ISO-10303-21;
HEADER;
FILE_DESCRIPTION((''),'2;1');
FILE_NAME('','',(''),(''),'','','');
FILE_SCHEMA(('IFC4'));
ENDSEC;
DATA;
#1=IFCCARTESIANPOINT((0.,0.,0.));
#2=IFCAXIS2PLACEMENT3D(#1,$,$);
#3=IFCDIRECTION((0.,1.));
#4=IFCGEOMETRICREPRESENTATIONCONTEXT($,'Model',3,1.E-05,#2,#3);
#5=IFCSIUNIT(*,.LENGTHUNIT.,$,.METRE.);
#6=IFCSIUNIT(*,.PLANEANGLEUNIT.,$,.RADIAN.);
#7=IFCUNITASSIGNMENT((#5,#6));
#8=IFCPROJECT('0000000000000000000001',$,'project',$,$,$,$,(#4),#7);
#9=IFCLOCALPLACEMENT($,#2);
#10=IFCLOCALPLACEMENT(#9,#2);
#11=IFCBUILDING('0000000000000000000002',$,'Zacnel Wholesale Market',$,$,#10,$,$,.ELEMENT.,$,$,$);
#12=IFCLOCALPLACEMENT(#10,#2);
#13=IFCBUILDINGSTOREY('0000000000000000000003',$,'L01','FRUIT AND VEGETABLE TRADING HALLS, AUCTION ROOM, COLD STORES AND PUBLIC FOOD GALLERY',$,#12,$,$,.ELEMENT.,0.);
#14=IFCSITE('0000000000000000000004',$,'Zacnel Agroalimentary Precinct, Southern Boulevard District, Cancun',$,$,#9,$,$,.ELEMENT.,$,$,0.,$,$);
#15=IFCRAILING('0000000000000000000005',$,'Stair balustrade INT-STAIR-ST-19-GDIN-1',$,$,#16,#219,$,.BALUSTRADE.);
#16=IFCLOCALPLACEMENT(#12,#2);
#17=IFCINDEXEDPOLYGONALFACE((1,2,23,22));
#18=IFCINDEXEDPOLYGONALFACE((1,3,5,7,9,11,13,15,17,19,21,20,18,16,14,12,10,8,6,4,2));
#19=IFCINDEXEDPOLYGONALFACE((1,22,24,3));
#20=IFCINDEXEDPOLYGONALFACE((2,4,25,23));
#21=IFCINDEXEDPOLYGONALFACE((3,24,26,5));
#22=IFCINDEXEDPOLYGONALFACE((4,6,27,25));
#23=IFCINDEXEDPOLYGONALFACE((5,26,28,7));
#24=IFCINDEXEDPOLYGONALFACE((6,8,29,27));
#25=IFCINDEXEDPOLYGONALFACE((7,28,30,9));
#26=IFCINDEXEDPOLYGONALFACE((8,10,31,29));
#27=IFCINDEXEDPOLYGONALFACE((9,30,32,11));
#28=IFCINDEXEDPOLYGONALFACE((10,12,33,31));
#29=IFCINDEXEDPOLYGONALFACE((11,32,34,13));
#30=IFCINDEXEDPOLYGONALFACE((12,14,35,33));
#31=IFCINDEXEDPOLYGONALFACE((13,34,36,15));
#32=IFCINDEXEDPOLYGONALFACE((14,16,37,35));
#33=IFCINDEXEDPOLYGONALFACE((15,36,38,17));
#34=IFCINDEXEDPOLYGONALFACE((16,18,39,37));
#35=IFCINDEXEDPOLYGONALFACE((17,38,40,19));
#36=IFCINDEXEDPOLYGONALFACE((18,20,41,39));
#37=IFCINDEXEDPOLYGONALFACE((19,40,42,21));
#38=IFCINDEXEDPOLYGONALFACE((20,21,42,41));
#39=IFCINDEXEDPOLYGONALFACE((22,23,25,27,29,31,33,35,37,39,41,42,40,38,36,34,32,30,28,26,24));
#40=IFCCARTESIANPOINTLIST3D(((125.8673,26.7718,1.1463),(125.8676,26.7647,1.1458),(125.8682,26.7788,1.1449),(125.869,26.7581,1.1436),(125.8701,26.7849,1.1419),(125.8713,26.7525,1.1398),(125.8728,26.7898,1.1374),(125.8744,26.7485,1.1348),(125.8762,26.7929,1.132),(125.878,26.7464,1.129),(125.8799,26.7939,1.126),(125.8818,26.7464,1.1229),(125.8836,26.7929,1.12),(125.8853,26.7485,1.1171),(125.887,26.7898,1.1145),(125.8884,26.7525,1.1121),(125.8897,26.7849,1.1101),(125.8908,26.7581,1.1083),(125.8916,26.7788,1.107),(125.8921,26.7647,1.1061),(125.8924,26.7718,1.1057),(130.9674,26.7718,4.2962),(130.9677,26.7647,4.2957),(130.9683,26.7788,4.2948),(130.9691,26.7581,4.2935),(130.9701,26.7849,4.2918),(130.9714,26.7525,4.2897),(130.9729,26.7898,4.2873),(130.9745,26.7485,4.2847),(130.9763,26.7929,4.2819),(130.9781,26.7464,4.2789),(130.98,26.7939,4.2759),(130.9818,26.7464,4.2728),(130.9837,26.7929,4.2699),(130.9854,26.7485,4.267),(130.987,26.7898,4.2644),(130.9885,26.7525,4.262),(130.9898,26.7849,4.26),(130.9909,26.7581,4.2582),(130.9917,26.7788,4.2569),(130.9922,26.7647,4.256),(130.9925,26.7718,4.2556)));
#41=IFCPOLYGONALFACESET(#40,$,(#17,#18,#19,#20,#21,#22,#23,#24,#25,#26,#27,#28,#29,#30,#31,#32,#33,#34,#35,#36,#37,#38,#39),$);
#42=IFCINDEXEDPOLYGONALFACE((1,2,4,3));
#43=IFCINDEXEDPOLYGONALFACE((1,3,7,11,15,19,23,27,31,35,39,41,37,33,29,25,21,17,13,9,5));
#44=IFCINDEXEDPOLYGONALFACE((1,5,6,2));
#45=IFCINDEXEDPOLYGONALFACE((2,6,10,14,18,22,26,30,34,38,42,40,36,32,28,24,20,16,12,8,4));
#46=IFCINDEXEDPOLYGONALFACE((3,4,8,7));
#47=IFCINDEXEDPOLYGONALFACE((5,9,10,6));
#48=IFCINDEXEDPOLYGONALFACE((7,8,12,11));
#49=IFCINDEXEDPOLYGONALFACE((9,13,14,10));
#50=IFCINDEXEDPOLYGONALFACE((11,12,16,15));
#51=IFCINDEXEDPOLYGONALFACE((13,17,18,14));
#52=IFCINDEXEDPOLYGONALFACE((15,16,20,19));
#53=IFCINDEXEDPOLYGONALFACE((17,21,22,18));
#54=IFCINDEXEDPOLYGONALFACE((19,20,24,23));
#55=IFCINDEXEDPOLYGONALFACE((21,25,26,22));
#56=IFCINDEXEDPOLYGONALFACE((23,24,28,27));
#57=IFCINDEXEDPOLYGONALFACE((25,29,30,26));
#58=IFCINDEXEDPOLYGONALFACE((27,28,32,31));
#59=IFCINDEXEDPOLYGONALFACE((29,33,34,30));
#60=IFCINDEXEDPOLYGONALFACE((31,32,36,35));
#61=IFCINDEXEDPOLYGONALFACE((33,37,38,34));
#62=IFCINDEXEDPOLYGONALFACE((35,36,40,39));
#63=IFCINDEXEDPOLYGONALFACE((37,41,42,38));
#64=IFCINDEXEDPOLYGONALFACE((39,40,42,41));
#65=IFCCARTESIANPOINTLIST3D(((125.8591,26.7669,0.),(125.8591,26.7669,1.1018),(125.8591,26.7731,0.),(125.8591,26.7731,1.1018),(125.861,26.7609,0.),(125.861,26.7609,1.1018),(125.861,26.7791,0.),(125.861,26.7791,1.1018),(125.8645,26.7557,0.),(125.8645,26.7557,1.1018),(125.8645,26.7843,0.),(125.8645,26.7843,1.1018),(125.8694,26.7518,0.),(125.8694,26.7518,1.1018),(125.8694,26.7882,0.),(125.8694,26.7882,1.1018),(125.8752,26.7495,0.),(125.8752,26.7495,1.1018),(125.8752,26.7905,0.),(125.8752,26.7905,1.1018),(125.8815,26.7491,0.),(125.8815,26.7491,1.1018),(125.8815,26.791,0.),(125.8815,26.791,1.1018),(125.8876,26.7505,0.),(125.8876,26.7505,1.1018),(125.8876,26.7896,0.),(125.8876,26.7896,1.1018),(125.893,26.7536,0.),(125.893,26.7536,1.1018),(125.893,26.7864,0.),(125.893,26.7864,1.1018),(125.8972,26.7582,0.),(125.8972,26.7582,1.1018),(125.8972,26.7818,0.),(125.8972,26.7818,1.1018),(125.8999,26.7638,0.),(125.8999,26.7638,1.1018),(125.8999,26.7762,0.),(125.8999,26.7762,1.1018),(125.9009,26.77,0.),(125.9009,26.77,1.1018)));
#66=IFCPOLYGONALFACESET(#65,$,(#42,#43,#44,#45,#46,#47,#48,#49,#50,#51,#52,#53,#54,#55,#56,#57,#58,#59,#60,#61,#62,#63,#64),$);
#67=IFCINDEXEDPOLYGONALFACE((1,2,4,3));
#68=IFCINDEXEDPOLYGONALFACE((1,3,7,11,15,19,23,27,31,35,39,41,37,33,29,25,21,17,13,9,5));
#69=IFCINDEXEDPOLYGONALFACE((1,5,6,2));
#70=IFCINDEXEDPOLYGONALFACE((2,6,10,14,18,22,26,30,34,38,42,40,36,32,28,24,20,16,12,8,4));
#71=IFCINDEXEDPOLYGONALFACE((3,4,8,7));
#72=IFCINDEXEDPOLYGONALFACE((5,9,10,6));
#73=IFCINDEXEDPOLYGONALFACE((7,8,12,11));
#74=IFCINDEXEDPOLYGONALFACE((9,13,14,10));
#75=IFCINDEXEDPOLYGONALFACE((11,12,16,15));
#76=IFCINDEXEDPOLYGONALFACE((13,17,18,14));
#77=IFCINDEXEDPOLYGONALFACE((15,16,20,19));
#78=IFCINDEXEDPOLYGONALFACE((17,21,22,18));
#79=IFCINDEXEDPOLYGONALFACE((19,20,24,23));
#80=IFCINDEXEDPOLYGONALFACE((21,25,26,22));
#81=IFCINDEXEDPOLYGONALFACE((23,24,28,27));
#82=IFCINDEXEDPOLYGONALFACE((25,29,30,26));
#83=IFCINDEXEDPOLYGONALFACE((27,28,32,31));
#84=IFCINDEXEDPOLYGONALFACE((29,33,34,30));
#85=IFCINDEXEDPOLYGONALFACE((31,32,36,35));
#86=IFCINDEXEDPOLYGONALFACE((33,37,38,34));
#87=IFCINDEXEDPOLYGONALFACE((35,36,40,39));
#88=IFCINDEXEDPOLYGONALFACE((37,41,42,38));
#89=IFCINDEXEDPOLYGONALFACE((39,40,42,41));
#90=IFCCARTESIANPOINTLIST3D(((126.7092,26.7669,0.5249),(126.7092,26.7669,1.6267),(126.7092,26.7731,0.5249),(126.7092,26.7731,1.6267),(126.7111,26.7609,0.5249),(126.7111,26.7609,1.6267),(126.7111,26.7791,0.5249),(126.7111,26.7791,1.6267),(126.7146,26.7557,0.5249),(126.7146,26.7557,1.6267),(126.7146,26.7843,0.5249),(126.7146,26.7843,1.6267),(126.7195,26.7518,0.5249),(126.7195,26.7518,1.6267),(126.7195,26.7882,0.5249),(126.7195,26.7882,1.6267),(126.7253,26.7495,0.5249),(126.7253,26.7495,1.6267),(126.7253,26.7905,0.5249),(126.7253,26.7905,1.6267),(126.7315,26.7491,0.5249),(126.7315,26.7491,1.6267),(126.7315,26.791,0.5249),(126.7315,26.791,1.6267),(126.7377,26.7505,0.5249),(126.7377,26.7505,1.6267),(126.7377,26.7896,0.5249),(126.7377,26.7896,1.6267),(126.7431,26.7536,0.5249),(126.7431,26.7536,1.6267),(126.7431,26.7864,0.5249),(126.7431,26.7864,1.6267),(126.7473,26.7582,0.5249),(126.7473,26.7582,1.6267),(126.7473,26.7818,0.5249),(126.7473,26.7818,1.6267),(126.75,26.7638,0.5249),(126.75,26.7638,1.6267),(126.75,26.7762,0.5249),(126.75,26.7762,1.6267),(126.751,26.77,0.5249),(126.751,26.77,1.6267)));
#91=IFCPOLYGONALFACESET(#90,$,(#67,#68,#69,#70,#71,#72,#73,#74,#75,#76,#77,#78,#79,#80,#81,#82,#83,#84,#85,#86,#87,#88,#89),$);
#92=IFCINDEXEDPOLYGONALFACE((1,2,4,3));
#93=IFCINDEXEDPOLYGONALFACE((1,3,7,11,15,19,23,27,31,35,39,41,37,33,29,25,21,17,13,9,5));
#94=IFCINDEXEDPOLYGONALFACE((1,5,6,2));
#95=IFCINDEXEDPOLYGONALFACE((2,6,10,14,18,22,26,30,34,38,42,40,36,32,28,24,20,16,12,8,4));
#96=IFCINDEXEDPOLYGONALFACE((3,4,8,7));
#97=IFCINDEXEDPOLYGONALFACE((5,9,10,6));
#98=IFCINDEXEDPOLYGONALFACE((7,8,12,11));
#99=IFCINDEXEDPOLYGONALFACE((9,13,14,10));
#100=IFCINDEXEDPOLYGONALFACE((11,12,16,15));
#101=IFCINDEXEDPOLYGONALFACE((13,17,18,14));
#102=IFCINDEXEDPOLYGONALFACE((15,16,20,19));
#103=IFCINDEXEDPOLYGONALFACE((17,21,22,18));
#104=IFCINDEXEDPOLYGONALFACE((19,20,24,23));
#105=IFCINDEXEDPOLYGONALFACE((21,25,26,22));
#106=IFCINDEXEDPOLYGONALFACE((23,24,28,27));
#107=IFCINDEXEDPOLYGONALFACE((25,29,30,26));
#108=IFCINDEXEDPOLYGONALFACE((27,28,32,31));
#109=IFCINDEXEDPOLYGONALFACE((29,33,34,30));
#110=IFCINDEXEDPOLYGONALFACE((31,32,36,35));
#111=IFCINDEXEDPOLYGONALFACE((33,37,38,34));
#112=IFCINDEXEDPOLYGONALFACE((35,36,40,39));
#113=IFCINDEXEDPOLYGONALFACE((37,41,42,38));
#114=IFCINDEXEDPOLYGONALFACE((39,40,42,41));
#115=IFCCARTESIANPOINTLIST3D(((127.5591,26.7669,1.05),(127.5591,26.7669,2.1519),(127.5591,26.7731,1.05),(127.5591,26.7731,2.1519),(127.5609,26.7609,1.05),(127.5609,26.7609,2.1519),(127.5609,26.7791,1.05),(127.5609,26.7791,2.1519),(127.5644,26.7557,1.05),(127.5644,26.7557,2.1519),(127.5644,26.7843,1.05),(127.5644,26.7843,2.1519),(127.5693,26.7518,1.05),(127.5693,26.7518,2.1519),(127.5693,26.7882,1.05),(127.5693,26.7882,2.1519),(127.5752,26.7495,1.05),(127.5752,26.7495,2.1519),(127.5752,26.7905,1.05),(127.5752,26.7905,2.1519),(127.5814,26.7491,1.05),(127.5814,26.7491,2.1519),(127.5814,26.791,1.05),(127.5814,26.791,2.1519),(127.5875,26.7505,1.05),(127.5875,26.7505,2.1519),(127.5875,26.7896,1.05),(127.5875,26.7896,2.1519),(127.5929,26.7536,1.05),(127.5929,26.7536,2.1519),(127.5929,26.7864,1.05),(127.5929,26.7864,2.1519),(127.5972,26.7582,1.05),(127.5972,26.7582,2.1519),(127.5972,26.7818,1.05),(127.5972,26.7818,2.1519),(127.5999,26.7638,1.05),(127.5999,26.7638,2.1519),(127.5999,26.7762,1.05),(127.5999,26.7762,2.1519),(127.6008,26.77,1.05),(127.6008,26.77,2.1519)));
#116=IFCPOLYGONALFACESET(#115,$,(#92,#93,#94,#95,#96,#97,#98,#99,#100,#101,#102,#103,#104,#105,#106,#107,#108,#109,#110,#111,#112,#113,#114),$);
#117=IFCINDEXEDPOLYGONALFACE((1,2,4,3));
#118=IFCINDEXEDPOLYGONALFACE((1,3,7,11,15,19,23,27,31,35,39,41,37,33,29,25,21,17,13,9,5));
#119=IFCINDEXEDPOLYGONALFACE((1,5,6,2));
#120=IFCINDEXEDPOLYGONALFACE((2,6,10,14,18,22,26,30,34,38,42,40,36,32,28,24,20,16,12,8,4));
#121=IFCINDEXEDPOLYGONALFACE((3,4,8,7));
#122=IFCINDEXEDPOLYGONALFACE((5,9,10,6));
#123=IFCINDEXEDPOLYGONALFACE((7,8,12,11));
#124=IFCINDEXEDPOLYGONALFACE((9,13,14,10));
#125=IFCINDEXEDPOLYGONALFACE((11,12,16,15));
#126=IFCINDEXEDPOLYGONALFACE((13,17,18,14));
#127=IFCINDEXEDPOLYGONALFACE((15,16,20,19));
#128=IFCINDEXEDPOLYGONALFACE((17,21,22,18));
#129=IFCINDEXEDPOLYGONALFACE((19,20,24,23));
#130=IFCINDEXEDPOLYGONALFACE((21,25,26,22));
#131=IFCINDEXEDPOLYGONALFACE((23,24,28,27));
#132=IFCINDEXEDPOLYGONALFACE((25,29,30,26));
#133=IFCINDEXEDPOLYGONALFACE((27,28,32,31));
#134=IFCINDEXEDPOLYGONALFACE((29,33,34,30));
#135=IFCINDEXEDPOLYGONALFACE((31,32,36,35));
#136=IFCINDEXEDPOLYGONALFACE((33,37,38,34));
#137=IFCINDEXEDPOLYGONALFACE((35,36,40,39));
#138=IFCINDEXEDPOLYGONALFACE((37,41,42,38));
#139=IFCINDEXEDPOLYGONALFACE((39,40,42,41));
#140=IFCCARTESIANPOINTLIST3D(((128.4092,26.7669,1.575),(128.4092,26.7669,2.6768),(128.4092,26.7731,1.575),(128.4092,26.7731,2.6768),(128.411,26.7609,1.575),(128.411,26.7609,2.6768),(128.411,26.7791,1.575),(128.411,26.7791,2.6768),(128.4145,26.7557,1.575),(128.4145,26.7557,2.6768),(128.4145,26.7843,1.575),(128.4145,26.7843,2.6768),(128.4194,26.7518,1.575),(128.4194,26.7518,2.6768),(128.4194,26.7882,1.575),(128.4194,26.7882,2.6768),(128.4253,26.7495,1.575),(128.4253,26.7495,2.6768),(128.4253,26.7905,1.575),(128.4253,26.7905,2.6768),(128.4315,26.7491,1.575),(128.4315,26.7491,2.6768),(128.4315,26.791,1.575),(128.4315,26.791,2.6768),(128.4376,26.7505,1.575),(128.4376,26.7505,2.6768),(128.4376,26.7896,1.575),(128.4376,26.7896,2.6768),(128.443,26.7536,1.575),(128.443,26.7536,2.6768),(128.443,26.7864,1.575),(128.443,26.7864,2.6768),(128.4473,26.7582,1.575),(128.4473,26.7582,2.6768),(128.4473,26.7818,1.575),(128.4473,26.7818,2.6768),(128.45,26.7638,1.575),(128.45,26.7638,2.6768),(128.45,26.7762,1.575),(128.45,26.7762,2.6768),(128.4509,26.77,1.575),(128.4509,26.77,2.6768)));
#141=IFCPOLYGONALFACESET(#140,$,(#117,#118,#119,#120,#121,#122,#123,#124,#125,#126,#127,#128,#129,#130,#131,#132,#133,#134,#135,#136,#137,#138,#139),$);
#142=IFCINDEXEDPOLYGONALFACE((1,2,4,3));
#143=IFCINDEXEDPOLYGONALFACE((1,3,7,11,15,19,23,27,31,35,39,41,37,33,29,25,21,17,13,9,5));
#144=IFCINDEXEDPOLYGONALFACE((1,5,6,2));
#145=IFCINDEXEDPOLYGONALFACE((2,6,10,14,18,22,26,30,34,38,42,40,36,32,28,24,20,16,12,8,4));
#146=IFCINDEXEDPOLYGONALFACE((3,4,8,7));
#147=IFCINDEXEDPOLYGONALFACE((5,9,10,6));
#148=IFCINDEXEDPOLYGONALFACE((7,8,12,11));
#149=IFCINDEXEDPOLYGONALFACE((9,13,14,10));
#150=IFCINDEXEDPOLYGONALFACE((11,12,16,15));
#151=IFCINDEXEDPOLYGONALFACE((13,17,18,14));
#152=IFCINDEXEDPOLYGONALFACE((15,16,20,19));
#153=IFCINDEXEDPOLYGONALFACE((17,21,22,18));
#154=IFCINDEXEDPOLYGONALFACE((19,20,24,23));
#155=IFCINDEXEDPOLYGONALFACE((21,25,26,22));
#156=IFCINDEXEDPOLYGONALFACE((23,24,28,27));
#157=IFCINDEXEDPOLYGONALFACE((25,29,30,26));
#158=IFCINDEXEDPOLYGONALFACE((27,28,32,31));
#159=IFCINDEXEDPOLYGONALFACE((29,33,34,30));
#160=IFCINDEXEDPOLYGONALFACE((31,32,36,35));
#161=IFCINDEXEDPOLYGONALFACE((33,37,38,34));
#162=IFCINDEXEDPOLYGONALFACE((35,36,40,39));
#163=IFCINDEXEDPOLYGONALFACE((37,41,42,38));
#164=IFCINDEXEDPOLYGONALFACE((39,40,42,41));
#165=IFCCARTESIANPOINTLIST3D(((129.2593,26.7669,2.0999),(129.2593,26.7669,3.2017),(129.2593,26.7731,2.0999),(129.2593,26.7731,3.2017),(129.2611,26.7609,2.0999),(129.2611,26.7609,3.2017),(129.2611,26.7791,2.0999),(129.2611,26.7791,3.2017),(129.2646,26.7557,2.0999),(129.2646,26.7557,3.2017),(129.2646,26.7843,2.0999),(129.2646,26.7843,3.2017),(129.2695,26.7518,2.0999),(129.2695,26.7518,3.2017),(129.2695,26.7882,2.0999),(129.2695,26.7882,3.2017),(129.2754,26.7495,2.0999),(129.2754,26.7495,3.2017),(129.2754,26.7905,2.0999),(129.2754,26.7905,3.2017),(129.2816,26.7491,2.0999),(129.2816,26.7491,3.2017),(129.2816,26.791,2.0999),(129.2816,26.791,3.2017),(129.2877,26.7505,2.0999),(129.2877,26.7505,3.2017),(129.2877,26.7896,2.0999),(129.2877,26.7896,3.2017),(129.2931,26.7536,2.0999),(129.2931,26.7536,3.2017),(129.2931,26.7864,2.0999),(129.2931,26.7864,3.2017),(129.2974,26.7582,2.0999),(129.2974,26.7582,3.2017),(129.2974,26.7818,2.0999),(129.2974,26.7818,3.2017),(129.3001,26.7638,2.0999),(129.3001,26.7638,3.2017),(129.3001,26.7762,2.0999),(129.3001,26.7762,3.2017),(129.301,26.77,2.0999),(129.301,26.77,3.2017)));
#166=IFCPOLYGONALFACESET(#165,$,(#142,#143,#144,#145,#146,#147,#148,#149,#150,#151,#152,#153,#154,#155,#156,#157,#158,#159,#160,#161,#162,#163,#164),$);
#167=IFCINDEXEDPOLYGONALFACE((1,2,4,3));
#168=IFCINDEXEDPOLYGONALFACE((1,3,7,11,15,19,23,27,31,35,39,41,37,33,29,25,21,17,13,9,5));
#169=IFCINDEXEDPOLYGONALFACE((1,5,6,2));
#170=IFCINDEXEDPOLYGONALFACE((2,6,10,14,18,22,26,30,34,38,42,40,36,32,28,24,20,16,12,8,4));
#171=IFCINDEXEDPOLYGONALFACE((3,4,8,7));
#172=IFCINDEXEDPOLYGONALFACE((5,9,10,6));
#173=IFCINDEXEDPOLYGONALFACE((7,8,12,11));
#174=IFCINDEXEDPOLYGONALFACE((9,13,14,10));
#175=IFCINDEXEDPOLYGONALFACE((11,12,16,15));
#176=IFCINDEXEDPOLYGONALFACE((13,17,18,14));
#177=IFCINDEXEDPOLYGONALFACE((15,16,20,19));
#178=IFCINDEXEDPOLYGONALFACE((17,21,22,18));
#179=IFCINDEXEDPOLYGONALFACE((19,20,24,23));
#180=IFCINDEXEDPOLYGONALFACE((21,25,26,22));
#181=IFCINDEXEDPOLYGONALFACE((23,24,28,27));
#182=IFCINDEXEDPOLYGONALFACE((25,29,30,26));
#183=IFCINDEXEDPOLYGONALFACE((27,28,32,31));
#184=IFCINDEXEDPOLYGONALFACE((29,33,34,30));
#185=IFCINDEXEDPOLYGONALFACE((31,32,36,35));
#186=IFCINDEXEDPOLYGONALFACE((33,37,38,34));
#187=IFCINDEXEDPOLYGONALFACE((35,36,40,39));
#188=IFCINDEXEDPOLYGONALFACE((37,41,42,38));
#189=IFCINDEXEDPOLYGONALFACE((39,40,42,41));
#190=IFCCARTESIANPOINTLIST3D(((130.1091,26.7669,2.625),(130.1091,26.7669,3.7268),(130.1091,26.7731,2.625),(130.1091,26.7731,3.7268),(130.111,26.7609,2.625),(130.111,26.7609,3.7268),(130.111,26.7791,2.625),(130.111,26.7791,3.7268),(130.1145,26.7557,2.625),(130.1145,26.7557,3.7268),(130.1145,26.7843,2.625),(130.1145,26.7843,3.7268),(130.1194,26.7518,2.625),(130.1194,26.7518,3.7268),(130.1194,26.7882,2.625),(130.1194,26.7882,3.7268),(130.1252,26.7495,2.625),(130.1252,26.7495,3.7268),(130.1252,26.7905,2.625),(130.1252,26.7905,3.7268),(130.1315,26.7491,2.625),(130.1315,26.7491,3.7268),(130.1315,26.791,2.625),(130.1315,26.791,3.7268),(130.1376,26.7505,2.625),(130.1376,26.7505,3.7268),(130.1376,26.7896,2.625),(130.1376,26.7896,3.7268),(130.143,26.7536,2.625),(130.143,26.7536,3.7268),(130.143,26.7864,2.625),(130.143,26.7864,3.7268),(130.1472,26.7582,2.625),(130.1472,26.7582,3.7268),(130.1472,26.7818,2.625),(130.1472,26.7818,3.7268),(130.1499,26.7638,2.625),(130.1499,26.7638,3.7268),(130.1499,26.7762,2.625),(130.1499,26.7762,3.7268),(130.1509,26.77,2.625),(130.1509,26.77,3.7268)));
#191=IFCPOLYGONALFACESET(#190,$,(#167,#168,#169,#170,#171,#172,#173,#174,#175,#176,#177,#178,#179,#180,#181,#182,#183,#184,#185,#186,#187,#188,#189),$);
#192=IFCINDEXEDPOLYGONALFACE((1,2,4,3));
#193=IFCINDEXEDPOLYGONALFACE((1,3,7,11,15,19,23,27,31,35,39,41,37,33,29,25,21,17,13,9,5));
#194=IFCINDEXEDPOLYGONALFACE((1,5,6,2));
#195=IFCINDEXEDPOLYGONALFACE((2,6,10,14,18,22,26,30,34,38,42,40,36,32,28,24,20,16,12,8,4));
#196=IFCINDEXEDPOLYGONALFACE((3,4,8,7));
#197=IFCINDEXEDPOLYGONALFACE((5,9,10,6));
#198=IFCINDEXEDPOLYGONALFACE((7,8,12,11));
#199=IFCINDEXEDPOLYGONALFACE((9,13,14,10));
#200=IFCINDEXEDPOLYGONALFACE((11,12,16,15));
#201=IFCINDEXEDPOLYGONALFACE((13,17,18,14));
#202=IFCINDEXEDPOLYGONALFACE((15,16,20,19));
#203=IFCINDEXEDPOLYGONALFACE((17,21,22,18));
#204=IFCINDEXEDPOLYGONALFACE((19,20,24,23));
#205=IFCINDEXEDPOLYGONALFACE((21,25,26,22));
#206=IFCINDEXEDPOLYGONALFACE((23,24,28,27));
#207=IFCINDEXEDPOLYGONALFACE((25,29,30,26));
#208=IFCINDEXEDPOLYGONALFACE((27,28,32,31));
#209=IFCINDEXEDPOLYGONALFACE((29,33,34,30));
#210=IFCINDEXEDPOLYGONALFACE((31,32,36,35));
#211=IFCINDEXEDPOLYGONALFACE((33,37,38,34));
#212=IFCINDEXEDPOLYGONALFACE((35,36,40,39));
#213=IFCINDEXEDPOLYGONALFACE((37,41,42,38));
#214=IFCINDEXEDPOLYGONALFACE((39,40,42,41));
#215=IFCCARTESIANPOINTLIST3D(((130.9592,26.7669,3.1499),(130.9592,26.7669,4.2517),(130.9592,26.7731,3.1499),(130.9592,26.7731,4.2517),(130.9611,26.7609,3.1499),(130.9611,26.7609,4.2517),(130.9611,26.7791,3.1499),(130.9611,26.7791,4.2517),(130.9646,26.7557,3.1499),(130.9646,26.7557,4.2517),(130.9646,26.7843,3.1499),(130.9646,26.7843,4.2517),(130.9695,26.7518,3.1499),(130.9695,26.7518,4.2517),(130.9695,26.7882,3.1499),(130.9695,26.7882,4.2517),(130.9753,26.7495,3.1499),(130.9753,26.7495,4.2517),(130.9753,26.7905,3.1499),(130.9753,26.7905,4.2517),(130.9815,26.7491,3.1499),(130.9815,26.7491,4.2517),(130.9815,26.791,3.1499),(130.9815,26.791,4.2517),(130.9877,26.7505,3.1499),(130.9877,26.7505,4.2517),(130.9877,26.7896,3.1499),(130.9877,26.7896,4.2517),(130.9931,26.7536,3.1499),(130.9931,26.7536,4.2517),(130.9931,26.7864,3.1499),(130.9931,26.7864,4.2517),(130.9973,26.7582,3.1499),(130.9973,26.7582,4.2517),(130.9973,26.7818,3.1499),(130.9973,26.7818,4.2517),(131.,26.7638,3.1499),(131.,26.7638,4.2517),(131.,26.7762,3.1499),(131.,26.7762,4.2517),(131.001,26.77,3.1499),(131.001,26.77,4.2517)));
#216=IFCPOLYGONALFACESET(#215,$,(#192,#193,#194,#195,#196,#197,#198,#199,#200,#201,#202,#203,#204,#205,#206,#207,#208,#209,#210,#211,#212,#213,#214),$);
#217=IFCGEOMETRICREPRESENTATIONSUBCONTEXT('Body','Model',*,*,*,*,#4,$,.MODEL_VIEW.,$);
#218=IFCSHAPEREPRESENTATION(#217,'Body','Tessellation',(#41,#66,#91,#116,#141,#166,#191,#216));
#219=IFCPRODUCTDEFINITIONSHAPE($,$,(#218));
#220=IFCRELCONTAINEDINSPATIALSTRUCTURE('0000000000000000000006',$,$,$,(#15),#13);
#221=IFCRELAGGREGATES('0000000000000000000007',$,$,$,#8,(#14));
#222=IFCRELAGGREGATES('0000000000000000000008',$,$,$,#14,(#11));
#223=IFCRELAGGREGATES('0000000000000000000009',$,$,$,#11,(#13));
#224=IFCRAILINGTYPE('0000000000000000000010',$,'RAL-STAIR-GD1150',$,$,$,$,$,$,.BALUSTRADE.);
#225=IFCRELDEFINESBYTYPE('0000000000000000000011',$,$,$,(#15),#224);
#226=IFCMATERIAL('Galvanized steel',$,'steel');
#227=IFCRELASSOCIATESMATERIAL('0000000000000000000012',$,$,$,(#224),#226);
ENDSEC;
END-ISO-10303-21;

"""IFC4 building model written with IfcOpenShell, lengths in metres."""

from ifc_helpers import new_model, si_unit, direction, frame, origin, origin_2d, place, context, subcontext, project, spatial, circle, extrude, material, type_object, element, save


model = new_model("IFC4")

# Units and contexts
model_context = context("Model", 3, precision=1e-05, world=origin(), true_north=direction((0.0, 1.0)))
body_context = subcontext(model_context, "Body", "Model", "MODEL_VIEW")
ifc_project = project(units=[si_unit("LENGTHUNIT", "METRE"), si_unit("PLANEANGLEUNIT", "RADIAN")], contexts=[model_context])

# Site, building, storey
site_placement = place(None, origin())
site = spatial("IfcSite", under=ifc_project, at=site_placement, Name="Zacnel Agroalimentary Precinct, Southern Boulevard District, Cancun", CompositionType="ELEMENT", RefElevation=0.0)
building_placement = place(site_placement, origin())
building = spatial("IfcBuilding", under=site, at=building_placement, Name="Zacnel Wholesale Market", CompositionType="ELEMENT")
storey_placement = place(building_placement, origin())
storey = spatial("IfcBuildingStorey", under=building, at=storey_placement, Name="L01", Description="FRUIT AND VEGETABLE TRADING HALLS, AUCTION ROOM, COLD STORES AND PUBLIC FOOD GALLERY", CompositionType="ELEMENT", Elevation=0.0)

# Railing
ifc_material_1 = material(Name="Galvanized steel", Category="steel")
railing_type_1 = type_object("IfcRailingType", Name="RAL-STAIR-GD1150", PredefinedType="BALUSTRADE", material=ifc_material_1)
railing_1_placement = place(storey_placement, frame((125.8799, 26.77, 0.0)))
element("IfcRailing", 1, at=railing_1_placement, inside=storey, type_object=railing_type_1, Name="Stair balustrade INT-STAIR-ST-19-GDIN-1", PredefinedType="BALUSTRADE", context=body_context, shape_type="SweptSolid", body=[
    extrude(circle(Radius=0.0239, at=origin_2d()), frame((0.0, 0.0, 1.126), z_axis=(0.85081, 0.0, 0.525474), x_axis=(0.0, 1.0, 0.0)), (0.0, 0.0, 1.0), 5.9944),
    extrude(circle(Radius=0.021, at=origin_2d()), origin(), (0.0, 0.0, 1.0), 1.1018),
    extrude(circle(Radius=0.021, at=origin_2d()), frame((0.8501, 0.0, 0.5249)), (0.0, 0.0, 1.0), 1.1018),
    extrude(circle(Radius=0.021, at=origin_2d()), frame((1.7, 0.0, 1.05)), (0.0, 0.0, 1.0), 1.1018),
    extrude(circle(Radius=0.021, at=origin_2d()), frame((2.55, 0.0, 1.575)), (0.0, 0.0, 1.0), 1.1018),
    extrude(circle(Radius=0.021, at=origin_2d()), frame((3.4001, 0.0, 2.0999)), (0.0, 0.0, 1.0), 1.1018),
    extrude(circle(Radius=0.021, at=origin_2d()), frame((4.25, 0.0, 2.625)), (0.0, 0.0, 1.0), 1.1018),
    extrude(circle(Radius=0.021, at=origin_2d()), frame((5.1001, 0.0, 3.1499)), (0.0, 0.0, 1.0), 1.1018),
])

save(model, "model.ifc")
